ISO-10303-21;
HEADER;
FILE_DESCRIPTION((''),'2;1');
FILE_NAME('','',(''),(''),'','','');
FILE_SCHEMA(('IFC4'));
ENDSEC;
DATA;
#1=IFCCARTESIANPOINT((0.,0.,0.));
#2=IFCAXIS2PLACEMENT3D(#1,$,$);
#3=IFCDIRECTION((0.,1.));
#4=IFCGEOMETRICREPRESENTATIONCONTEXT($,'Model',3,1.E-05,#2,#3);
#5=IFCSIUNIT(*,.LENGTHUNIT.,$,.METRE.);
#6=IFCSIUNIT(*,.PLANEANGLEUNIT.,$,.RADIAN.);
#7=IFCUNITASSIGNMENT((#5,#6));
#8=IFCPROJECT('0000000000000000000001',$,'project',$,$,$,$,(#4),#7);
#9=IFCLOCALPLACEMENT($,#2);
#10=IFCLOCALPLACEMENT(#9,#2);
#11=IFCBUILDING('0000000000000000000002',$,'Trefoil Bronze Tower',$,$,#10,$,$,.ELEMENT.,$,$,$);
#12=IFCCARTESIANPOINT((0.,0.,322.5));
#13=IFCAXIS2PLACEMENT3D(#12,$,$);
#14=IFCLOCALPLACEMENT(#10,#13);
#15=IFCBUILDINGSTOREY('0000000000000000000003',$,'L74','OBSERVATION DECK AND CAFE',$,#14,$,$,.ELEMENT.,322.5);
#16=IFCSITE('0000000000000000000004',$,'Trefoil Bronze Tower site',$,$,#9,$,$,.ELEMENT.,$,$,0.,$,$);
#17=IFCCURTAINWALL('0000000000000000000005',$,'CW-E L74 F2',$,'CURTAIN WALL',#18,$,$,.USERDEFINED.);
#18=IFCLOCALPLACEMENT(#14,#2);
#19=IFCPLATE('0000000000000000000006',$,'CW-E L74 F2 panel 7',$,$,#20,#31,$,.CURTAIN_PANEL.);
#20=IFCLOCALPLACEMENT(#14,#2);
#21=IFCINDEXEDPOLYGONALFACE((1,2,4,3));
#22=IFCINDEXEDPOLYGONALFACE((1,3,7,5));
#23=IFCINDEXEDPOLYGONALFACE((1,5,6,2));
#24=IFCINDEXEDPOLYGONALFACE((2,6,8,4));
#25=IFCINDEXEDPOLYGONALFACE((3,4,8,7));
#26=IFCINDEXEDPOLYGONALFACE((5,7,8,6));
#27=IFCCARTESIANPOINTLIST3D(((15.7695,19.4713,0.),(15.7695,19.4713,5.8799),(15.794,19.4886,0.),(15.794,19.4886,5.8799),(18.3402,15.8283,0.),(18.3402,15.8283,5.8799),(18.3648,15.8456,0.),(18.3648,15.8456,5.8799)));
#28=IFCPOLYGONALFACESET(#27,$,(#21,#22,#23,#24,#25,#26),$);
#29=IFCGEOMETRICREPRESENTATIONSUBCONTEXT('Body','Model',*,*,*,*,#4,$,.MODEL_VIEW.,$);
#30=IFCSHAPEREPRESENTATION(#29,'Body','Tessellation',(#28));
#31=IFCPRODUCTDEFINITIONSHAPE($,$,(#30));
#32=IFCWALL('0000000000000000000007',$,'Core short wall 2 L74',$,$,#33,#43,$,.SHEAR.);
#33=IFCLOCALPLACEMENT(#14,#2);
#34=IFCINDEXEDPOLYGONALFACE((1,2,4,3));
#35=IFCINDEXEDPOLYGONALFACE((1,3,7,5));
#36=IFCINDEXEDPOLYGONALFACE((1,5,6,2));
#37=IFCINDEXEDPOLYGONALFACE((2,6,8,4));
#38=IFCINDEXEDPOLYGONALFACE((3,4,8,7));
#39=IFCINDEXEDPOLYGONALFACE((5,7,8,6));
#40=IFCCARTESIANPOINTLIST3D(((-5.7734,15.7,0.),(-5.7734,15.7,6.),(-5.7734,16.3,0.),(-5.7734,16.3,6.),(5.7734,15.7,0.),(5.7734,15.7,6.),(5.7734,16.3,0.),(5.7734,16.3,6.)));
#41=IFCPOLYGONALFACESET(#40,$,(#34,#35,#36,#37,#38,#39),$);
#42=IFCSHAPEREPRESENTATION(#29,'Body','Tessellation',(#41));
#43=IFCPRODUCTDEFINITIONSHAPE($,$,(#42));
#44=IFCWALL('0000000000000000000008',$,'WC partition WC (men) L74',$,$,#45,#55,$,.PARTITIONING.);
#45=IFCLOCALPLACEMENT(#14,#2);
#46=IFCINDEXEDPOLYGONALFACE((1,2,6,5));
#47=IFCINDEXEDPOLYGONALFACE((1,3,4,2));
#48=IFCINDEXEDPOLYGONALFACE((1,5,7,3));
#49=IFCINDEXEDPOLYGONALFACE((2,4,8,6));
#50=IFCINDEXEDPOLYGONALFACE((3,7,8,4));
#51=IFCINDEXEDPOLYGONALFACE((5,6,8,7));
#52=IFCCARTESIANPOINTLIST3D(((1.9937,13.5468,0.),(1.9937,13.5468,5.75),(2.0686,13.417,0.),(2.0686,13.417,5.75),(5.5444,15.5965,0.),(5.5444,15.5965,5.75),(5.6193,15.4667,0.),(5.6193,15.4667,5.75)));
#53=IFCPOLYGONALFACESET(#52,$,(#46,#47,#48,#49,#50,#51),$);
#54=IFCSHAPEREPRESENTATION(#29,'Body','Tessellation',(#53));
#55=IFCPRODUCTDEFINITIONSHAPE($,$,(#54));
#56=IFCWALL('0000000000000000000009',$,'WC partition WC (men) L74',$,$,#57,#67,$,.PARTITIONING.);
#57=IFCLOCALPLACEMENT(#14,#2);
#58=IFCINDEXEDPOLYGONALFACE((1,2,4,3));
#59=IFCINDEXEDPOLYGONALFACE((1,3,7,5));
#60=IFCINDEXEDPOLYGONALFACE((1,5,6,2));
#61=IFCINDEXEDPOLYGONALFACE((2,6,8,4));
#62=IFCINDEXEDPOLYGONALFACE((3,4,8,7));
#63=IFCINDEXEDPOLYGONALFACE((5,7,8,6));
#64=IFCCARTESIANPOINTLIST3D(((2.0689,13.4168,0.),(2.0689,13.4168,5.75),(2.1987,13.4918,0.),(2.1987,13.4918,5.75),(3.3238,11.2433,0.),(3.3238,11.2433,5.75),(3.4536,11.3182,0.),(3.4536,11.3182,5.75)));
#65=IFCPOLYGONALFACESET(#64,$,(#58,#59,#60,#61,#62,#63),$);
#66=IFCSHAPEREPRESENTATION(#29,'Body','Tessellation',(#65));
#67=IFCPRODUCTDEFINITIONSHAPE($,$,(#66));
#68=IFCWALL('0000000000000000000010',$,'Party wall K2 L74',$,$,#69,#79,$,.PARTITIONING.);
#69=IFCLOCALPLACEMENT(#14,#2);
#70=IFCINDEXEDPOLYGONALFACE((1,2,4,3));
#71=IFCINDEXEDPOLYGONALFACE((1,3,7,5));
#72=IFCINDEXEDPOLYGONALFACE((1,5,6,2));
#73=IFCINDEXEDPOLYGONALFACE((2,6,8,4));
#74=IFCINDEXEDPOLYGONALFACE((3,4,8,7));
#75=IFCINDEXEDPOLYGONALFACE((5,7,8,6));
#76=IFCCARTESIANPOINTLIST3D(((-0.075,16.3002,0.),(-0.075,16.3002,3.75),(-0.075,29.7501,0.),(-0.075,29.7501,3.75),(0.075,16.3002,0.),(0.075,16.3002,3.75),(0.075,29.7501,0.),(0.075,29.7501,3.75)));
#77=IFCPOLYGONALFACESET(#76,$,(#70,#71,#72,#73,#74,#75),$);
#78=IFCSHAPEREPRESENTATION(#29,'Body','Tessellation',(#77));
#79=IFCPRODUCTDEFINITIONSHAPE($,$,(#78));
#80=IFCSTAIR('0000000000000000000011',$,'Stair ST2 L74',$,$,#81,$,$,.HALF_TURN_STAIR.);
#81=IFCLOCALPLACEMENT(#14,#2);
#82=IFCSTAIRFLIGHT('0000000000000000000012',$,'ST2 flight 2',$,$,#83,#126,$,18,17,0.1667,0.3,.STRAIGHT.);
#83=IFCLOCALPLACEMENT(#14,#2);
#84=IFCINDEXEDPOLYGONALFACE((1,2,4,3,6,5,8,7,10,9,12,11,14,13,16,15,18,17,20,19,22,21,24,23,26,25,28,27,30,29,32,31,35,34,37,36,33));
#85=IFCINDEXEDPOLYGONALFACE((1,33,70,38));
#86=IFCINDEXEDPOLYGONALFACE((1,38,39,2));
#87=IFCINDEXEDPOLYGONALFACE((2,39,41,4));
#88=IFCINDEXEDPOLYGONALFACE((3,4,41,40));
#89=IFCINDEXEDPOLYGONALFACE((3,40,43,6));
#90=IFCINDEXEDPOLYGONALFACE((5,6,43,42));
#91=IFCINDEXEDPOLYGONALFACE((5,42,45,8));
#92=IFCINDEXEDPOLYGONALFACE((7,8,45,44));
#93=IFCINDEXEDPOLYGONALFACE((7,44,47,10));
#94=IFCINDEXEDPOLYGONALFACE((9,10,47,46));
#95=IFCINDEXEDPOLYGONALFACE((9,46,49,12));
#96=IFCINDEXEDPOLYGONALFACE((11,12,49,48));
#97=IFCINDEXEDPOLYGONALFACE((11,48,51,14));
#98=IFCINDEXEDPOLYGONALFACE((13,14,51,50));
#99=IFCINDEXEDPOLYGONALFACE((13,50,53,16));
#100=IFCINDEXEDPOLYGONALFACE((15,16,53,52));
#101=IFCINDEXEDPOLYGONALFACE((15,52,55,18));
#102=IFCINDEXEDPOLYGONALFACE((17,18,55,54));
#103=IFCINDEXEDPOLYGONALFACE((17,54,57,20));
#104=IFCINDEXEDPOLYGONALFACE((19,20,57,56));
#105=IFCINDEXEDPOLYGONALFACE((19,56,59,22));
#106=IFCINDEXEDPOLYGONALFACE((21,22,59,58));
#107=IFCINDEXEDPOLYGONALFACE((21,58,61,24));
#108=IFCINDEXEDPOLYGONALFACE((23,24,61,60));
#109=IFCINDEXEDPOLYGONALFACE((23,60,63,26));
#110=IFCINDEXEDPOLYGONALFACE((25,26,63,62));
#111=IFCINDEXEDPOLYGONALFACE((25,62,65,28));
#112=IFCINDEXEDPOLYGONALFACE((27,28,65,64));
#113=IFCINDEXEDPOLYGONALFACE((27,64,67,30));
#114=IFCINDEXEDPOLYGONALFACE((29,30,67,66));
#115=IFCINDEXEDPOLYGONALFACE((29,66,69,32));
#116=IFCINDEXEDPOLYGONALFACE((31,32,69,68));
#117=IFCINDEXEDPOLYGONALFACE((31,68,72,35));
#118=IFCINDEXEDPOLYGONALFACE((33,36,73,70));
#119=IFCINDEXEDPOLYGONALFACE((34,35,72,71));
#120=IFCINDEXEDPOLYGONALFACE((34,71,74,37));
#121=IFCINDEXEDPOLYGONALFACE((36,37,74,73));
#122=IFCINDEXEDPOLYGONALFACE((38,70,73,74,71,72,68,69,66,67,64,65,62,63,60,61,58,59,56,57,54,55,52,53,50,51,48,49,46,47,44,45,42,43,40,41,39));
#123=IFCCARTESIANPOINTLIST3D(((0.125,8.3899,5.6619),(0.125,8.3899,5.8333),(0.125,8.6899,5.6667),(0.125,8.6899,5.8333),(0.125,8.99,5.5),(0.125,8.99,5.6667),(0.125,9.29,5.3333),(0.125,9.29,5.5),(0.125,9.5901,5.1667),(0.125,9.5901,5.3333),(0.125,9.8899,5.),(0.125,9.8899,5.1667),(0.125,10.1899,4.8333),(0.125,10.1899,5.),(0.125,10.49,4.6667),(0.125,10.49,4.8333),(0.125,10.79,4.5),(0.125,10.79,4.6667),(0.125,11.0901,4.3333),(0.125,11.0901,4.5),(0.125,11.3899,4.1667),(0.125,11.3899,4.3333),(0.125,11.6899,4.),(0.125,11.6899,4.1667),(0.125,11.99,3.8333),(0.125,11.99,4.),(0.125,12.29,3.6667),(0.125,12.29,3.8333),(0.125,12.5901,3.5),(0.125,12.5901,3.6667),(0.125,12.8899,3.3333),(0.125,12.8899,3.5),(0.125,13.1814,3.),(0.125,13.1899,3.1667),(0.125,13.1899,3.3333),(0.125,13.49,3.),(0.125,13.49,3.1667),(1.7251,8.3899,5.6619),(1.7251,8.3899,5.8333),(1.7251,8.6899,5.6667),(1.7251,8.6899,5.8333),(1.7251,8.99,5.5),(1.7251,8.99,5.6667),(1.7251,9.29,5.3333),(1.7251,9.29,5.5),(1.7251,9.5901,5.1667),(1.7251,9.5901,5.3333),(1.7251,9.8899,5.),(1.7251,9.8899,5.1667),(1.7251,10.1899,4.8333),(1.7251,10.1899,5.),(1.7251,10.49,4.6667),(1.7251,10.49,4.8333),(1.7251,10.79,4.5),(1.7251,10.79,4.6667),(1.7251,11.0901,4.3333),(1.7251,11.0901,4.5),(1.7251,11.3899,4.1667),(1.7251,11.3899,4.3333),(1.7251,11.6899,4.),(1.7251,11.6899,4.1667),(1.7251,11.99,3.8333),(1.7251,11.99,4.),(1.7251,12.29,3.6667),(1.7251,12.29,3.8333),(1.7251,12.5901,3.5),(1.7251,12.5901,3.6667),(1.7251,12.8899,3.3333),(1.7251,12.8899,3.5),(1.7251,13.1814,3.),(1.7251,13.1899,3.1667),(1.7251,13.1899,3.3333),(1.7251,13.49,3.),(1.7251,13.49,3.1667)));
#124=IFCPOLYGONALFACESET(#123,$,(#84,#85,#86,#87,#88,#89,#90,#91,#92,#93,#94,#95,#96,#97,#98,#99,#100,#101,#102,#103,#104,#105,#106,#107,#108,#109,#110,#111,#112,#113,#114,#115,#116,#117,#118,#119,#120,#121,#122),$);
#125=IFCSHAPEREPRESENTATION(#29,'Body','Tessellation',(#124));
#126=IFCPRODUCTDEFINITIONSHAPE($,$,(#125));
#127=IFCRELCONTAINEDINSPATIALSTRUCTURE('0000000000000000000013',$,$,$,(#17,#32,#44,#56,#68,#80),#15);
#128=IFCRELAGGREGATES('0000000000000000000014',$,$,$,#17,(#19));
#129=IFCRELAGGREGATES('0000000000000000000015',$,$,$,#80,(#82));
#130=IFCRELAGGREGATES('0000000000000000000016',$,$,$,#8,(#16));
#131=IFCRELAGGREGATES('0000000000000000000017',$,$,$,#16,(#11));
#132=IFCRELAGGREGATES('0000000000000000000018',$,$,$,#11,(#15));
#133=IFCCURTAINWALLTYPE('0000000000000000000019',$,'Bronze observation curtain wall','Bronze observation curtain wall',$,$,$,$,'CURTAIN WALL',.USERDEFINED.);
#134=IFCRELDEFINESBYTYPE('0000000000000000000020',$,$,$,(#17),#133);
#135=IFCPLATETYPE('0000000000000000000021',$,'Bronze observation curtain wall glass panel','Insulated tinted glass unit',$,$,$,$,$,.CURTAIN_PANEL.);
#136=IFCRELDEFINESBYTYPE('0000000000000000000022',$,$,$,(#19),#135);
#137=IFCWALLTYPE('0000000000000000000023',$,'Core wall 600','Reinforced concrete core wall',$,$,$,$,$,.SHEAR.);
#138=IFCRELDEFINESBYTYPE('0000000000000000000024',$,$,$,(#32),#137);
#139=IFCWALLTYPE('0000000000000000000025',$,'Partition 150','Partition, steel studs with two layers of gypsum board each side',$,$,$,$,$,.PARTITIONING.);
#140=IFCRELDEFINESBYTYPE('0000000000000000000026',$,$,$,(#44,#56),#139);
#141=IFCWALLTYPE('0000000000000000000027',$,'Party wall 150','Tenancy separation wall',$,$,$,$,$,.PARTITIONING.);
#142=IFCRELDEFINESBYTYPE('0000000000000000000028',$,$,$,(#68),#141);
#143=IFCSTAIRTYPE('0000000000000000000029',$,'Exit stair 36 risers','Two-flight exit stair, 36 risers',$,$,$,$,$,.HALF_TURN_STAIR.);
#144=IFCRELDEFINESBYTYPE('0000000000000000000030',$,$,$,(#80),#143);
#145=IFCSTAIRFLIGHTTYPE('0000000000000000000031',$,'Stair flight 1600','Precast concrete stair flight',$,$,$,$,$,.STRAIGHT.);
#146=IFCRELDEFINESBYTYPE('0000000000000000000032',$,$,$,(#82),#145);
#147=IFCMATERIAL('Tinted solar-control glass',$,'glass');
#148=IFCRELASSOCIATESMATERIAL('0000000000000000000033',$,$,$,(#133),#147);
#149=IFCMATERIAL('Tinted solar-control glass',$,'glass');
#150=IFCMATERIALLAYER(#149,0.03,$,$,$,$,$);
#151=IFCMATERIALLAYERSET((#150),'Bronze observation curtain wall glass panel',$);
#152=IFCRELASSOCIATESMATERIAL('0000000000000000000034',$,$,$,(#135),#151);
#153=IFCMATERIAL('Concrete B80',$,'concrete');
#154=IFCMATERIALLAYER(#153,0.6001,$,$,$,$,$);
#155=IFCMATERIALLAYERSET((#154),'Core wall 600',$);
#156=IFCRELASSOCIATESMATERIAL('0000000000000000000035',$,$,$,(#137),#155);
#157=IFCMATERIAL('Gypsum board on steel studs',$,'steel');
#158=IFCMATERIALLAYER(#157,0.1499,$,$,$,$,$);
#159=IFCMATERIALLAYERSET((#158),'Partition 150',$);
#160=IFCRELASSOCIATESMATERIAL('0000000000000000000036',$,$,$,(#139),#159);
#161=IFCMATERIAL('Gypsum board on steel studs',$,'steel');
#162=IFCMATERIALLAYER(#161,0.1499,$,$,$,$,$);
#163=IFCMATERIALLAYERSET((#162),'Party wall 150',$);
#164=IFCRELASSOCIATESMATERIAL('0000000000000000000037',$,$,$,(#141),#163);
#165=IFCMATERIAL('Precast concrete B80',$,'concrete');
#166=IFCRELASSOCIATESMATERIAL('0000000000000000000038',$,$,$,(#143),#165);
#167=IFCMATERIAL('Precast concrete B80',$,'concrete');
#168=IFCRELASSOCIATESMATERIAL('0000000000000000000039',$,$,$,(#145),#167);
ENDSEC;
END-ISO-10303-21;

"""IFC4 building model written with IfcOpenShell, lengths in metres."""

from ifc_helpers import new_model, si_unit, direction, frame, frame_2d, origin, origin_2d, place, context, subcontext, project, spatial, polyline, rectangle, outline, extrude, material, layer, layer_set, type_object, element, aggregate, save


model = new_model("IFC4")

# Units and contexts
model_context = context("Model", 3, precision=1e-05, world=origin(), true_north=direction((0.0, 1.0)))
body_context = subcontext(model_context, "Body", "Model", "MODEL_VIEW")
ifc_project = project(units=[si_unit("LENGTHUNIT", "METRE"), si_unit("PLANEANGLEUNIT", "RADIAN")], contexts=[model_context])

# Site, building, storey
site_placement = place(None, origin())
site = spatial("IfcSite", under=ifc_project, at=site_placement, Name="Trefoil Bronze Tower site", CompositionType="ELEMENT", RefElevation=0.0)
building_placement = place(site_placement, origin())
building = spatial("IfcBuilding", under=site, at=building_placement, Name="Trefoil Bronze Tower", CompositionType="ELEMENT")
storey_placement = place(building_placement, frame((0.0, 0.0, 322.5)))
storey = spatial("IfcBuildingStorey", under=building, at=storey_placement, Name="L74", Description="OBSERVATION DECK AND CAFE", CompositionType="ELEMENT", Elevation=322.5)

# Curtain wall
ifc_material_1 = material(Name="Tinted solar-control glass", Category="glass")
curtain_wall_type = type_object("IfcCurtainWallType", Name="Bronze observation curtain wall", Description="Bronze observation curtain wall", ElementType="CURTAIN WALL", PredefinedType="USERDEFINED", material=ifc_material_1)
curtain_wall_placement = place(storey_placement, origin())
curtain_wall = element("IfcCurtainWall", 1, at=curtain_wall_placement, inside=storey, type_object=curtain_wall_type, Name="CW-E L74 F2", ObjectType="CURTAIN WALL", PredefinedType="USERDEFINED")

# Plate
ifc_material_2 = material(Name="Tinted solar-control glass", Category="glass")
ifc_layer_1 = layer(ifc_material_2, 0.03)
ifc_layer_set_1 = layer_set([ifc_layer_1], Name="Bronze observation curtain wall glass panel")
plate_type = type_object("IfcPlateType", Name="Bronze observation curtain wall glass panel", Description="Insulated tinted glass unit", PredefinedType="CURTAIN_PANEL", material=ifc_layer_set_1)
plate_1_placement = place(storey_placement, frame((17.0671, 17.6584, 0.0), z_axis=(0.0, 0.0, 1.0), x_axis=(-0.576561, 0.817054, 0.0)))
plate_1 = element("IfcPlate", 2, at=plate_1_placement, type_object=plate_type, Name="CW-E L74 F2 panel 7", PredefinedType="CURTAIN_PANEL", context=body_context, shape_type="SweptSolid", body=[
    extrude(rectangle(XDim=4.4587, YDim=0.03, at=origin_2d()), origin(), (0.0, 0.0, 1.0), 5.8799),
])
aggregate(curtain_wall, [plate_1])

# Walls
ifc_material_3 = material(Name="Concrete B80", Category="concrete")
ifc_layer_2 = layer(ifc_material_3, 0.6001)
ifc_layer_set_2 = layer_set([ifc_layer_2], Name="Core wall 600")
wall_type_1 = type_object("IfcWallType", Name="Core wall 600", Description="Reinforced concrete core wall", PredefinedType="SHEAR", material=ifc_layer_set_2)
wall_1_placement = place(storey_placement, frame((5.7734, 16.0, 0.0), z_axis=(0.0, 0.0, 1.0), x_axis=(-1.0, 0.0, 0.0)))
element("IfcWall", 3, at=wall_1_placement, inside=storey, type_object=wall_type_1, Name="Core short wall 2 L74", PredefinedType="SHEAR", context=body_context, shape_type="SweptSolid", body=[
    extrude(rectangle(XDim=11.5469, YDim=0.6001, at=frame_2d((5.7734, 0.0))), origin(), (0.0, 0.0, 1.0), 6.0),
])
ifc_material_4 = material(Name="Gypsum board on steel studs", Category="steel")
ifc_layer_3 = layer(ifc_material_4, 0.1499)
ifc_layer_set_3 = layer_set([ifc_layer_3], Name="Partition 150")
wall_type_2 = type_object("IfcWallType", Name="Partition 150", Description="Partition, steel studs with two layers of gypsum board each side", PredefinedType="PARTITIONING", material=ifc_layer_set_3)
wall_2_placement = place(storey_placement, frame((2.0312, 13.4819, 0.0), z_axis=(0.0, 0.0, 1.0), x_axis=(0.866051, 0.499956, 0.0)))
element("IfcWall", 4, at=wall_2_placement, inside=storey, type_object=wall_type_2, Name="WC partition WC (men) L74", PredefinedType="PARTITIONING", context=body_context, shape_type="SweptSolid", body=[
    extrude(rectangle(XDim=4.0999, YDim=0.1499, at=frame_2d((2.0498, 0.0))), origin(), (0.0, 0.0, 1.0), 5.75),
])
wall_3_placement = place(storey_placement, frame((3.3887, 11.2808, 0.0), z_axis=(0.0, 0.0, 1.0), x_axis=(-0.499989, 0.866032, 0.0)))
element("IfcWall", 5, at=wall_3_placement, inside=storey, type_object=wall_type_2, Name="WC partition WC (men) L74", PredefinedType="PARTITIONING", context=body_context, shape_type="SweptSolid", body=[
    extrude(rectangle(XDim=2.5098, YDim=0.1499, at=frame_2d((1.2549, 0.0))), origin(), (0.0, 0.0, 1.0), 5.75),
])
ifc_material_5 = material(Name="Gypsum board on steel studs", Category="steel")
ifc_layer_4 = layer(ifc_material_5, 0.1499)
ifc_layer_set_4 = layer_set([ifc_layer_4], Name="Party wall 150")
wall_type_3 = type_object("IfcWallType", Name="Party wall 150", Description="Tenancy separation wall", PredefinedType="PARTITIONING", material=ifc_layer_set_4)
wall_4_placement = place(storey_placement, frame((0.0, 16.3, 0.0), z_axis=(0.0, 0.0, 1.0), x_axis=(0.0, 1.0, 0.0)))
element("IfcWall", 6, at=wall_4_placement, inside=storey, type_object=wall_type_3, Name="Party wall K2 L74", PredefinedType="PARTITIONING", context=body_context, shape_type="SweptSolid", body=[
    extrude(rectangle(XDim=13.45, YDim=0.1499, at=frame_2d((6.7251, 0.0))), origin(), (0.0, 0.0, 1.0), 3.75),
])

# Stair, stair flight
ifc_material_6 = material(Name="Precast concrete B80", Category="concrete")
stair_type = type_object("IfcStairType", Name="Exit stair 36 risers", Description="Two-flight exit stair, 36 risers", PredefinedType="HALF_TURN_STAIR", material=ifc_material_6)
stair_placement = place(storey_placement, origin())
stair = element("IfcStair", 7, at=stair_placement, inside=storey, type_object=stair_type, Name="Stair ST2 L74", PredefinedType="HALF_TURN_STAIR")
ifc_material_7 = material(Name="Precast concrete B80", Category="concrete")
stair_flight_type = type_object("IfcStairFlightType", Name="Stair flight 1600", Description="Precast concrete stair flight", PredefinedType="STRAIGHT", material=ifc_material_7)
stair_flight_placement = place(storey_placement, frame((0.925, 13.49, 3.0), z_axis=(0.0, 0.0, 1.0), x_axis=(0.0, -1.0, 0.0)))
stair_flight = element("IfcStairFlight", 8, at=stair_flight_placement, type_object=stair_flight_type, Name="ST2 flight 2", NumberOfRisers=18, NumberOfTreads=17, PredefinedType="STRAIGHT", RiserHeight=0.1667, TreadLength=0.3, context=body_context, shape_type="SweptSolid", body=[
    extrude(outline(polyline([(0.0, 0.0), (0.0, 0.1667), (0.3, 0.1667), (0.3, 0.3333), (0.6001, 0.3333), (0.6001, 0.5), (0.8999, 0.5), (0.8999, 0.6667), (1.2, 0.6667), (1.2, 0.8333), (1.5, 0.8333), (1.5, 1.0), (1.8, 1.0), (1.8, 1.1667), (2.1001, 1.1667), (2.1001, 1.3333), (2.3999, 1.3333), (2.3999, 1.5), (2.7, 1.5), (2.7, 1.6667), (3.0, 1.6667), (3.0, 1.8333), (3.3, 1.8333), (3.3, 2.0), (3.6001, 2.0), (3.6001, 2.1667), (3.8999, 2.1667), (3.8999, 2.3333), (4.2, 2.3333), (4.2, 2.5), (4.5, 2.5), (4.5, 2.6667), (4.8, 2.6667), (4.8, 2.8333), (5.1001, 2.8333), (5.1001, 3.0), (5.1001, 2.6619), (0.3086, 0.0), (0.0, 0.0)])), frame((0.0, 0.8, 0.0), z_axis=(0.0, -1.0, 0.0), x_axis=(1.0, 0.0, 0.0)), (0.0, 0.0, 1.0), 1.6001),
])
aggregate(stair, [stair_flight])

save(model, "model.ifc")
